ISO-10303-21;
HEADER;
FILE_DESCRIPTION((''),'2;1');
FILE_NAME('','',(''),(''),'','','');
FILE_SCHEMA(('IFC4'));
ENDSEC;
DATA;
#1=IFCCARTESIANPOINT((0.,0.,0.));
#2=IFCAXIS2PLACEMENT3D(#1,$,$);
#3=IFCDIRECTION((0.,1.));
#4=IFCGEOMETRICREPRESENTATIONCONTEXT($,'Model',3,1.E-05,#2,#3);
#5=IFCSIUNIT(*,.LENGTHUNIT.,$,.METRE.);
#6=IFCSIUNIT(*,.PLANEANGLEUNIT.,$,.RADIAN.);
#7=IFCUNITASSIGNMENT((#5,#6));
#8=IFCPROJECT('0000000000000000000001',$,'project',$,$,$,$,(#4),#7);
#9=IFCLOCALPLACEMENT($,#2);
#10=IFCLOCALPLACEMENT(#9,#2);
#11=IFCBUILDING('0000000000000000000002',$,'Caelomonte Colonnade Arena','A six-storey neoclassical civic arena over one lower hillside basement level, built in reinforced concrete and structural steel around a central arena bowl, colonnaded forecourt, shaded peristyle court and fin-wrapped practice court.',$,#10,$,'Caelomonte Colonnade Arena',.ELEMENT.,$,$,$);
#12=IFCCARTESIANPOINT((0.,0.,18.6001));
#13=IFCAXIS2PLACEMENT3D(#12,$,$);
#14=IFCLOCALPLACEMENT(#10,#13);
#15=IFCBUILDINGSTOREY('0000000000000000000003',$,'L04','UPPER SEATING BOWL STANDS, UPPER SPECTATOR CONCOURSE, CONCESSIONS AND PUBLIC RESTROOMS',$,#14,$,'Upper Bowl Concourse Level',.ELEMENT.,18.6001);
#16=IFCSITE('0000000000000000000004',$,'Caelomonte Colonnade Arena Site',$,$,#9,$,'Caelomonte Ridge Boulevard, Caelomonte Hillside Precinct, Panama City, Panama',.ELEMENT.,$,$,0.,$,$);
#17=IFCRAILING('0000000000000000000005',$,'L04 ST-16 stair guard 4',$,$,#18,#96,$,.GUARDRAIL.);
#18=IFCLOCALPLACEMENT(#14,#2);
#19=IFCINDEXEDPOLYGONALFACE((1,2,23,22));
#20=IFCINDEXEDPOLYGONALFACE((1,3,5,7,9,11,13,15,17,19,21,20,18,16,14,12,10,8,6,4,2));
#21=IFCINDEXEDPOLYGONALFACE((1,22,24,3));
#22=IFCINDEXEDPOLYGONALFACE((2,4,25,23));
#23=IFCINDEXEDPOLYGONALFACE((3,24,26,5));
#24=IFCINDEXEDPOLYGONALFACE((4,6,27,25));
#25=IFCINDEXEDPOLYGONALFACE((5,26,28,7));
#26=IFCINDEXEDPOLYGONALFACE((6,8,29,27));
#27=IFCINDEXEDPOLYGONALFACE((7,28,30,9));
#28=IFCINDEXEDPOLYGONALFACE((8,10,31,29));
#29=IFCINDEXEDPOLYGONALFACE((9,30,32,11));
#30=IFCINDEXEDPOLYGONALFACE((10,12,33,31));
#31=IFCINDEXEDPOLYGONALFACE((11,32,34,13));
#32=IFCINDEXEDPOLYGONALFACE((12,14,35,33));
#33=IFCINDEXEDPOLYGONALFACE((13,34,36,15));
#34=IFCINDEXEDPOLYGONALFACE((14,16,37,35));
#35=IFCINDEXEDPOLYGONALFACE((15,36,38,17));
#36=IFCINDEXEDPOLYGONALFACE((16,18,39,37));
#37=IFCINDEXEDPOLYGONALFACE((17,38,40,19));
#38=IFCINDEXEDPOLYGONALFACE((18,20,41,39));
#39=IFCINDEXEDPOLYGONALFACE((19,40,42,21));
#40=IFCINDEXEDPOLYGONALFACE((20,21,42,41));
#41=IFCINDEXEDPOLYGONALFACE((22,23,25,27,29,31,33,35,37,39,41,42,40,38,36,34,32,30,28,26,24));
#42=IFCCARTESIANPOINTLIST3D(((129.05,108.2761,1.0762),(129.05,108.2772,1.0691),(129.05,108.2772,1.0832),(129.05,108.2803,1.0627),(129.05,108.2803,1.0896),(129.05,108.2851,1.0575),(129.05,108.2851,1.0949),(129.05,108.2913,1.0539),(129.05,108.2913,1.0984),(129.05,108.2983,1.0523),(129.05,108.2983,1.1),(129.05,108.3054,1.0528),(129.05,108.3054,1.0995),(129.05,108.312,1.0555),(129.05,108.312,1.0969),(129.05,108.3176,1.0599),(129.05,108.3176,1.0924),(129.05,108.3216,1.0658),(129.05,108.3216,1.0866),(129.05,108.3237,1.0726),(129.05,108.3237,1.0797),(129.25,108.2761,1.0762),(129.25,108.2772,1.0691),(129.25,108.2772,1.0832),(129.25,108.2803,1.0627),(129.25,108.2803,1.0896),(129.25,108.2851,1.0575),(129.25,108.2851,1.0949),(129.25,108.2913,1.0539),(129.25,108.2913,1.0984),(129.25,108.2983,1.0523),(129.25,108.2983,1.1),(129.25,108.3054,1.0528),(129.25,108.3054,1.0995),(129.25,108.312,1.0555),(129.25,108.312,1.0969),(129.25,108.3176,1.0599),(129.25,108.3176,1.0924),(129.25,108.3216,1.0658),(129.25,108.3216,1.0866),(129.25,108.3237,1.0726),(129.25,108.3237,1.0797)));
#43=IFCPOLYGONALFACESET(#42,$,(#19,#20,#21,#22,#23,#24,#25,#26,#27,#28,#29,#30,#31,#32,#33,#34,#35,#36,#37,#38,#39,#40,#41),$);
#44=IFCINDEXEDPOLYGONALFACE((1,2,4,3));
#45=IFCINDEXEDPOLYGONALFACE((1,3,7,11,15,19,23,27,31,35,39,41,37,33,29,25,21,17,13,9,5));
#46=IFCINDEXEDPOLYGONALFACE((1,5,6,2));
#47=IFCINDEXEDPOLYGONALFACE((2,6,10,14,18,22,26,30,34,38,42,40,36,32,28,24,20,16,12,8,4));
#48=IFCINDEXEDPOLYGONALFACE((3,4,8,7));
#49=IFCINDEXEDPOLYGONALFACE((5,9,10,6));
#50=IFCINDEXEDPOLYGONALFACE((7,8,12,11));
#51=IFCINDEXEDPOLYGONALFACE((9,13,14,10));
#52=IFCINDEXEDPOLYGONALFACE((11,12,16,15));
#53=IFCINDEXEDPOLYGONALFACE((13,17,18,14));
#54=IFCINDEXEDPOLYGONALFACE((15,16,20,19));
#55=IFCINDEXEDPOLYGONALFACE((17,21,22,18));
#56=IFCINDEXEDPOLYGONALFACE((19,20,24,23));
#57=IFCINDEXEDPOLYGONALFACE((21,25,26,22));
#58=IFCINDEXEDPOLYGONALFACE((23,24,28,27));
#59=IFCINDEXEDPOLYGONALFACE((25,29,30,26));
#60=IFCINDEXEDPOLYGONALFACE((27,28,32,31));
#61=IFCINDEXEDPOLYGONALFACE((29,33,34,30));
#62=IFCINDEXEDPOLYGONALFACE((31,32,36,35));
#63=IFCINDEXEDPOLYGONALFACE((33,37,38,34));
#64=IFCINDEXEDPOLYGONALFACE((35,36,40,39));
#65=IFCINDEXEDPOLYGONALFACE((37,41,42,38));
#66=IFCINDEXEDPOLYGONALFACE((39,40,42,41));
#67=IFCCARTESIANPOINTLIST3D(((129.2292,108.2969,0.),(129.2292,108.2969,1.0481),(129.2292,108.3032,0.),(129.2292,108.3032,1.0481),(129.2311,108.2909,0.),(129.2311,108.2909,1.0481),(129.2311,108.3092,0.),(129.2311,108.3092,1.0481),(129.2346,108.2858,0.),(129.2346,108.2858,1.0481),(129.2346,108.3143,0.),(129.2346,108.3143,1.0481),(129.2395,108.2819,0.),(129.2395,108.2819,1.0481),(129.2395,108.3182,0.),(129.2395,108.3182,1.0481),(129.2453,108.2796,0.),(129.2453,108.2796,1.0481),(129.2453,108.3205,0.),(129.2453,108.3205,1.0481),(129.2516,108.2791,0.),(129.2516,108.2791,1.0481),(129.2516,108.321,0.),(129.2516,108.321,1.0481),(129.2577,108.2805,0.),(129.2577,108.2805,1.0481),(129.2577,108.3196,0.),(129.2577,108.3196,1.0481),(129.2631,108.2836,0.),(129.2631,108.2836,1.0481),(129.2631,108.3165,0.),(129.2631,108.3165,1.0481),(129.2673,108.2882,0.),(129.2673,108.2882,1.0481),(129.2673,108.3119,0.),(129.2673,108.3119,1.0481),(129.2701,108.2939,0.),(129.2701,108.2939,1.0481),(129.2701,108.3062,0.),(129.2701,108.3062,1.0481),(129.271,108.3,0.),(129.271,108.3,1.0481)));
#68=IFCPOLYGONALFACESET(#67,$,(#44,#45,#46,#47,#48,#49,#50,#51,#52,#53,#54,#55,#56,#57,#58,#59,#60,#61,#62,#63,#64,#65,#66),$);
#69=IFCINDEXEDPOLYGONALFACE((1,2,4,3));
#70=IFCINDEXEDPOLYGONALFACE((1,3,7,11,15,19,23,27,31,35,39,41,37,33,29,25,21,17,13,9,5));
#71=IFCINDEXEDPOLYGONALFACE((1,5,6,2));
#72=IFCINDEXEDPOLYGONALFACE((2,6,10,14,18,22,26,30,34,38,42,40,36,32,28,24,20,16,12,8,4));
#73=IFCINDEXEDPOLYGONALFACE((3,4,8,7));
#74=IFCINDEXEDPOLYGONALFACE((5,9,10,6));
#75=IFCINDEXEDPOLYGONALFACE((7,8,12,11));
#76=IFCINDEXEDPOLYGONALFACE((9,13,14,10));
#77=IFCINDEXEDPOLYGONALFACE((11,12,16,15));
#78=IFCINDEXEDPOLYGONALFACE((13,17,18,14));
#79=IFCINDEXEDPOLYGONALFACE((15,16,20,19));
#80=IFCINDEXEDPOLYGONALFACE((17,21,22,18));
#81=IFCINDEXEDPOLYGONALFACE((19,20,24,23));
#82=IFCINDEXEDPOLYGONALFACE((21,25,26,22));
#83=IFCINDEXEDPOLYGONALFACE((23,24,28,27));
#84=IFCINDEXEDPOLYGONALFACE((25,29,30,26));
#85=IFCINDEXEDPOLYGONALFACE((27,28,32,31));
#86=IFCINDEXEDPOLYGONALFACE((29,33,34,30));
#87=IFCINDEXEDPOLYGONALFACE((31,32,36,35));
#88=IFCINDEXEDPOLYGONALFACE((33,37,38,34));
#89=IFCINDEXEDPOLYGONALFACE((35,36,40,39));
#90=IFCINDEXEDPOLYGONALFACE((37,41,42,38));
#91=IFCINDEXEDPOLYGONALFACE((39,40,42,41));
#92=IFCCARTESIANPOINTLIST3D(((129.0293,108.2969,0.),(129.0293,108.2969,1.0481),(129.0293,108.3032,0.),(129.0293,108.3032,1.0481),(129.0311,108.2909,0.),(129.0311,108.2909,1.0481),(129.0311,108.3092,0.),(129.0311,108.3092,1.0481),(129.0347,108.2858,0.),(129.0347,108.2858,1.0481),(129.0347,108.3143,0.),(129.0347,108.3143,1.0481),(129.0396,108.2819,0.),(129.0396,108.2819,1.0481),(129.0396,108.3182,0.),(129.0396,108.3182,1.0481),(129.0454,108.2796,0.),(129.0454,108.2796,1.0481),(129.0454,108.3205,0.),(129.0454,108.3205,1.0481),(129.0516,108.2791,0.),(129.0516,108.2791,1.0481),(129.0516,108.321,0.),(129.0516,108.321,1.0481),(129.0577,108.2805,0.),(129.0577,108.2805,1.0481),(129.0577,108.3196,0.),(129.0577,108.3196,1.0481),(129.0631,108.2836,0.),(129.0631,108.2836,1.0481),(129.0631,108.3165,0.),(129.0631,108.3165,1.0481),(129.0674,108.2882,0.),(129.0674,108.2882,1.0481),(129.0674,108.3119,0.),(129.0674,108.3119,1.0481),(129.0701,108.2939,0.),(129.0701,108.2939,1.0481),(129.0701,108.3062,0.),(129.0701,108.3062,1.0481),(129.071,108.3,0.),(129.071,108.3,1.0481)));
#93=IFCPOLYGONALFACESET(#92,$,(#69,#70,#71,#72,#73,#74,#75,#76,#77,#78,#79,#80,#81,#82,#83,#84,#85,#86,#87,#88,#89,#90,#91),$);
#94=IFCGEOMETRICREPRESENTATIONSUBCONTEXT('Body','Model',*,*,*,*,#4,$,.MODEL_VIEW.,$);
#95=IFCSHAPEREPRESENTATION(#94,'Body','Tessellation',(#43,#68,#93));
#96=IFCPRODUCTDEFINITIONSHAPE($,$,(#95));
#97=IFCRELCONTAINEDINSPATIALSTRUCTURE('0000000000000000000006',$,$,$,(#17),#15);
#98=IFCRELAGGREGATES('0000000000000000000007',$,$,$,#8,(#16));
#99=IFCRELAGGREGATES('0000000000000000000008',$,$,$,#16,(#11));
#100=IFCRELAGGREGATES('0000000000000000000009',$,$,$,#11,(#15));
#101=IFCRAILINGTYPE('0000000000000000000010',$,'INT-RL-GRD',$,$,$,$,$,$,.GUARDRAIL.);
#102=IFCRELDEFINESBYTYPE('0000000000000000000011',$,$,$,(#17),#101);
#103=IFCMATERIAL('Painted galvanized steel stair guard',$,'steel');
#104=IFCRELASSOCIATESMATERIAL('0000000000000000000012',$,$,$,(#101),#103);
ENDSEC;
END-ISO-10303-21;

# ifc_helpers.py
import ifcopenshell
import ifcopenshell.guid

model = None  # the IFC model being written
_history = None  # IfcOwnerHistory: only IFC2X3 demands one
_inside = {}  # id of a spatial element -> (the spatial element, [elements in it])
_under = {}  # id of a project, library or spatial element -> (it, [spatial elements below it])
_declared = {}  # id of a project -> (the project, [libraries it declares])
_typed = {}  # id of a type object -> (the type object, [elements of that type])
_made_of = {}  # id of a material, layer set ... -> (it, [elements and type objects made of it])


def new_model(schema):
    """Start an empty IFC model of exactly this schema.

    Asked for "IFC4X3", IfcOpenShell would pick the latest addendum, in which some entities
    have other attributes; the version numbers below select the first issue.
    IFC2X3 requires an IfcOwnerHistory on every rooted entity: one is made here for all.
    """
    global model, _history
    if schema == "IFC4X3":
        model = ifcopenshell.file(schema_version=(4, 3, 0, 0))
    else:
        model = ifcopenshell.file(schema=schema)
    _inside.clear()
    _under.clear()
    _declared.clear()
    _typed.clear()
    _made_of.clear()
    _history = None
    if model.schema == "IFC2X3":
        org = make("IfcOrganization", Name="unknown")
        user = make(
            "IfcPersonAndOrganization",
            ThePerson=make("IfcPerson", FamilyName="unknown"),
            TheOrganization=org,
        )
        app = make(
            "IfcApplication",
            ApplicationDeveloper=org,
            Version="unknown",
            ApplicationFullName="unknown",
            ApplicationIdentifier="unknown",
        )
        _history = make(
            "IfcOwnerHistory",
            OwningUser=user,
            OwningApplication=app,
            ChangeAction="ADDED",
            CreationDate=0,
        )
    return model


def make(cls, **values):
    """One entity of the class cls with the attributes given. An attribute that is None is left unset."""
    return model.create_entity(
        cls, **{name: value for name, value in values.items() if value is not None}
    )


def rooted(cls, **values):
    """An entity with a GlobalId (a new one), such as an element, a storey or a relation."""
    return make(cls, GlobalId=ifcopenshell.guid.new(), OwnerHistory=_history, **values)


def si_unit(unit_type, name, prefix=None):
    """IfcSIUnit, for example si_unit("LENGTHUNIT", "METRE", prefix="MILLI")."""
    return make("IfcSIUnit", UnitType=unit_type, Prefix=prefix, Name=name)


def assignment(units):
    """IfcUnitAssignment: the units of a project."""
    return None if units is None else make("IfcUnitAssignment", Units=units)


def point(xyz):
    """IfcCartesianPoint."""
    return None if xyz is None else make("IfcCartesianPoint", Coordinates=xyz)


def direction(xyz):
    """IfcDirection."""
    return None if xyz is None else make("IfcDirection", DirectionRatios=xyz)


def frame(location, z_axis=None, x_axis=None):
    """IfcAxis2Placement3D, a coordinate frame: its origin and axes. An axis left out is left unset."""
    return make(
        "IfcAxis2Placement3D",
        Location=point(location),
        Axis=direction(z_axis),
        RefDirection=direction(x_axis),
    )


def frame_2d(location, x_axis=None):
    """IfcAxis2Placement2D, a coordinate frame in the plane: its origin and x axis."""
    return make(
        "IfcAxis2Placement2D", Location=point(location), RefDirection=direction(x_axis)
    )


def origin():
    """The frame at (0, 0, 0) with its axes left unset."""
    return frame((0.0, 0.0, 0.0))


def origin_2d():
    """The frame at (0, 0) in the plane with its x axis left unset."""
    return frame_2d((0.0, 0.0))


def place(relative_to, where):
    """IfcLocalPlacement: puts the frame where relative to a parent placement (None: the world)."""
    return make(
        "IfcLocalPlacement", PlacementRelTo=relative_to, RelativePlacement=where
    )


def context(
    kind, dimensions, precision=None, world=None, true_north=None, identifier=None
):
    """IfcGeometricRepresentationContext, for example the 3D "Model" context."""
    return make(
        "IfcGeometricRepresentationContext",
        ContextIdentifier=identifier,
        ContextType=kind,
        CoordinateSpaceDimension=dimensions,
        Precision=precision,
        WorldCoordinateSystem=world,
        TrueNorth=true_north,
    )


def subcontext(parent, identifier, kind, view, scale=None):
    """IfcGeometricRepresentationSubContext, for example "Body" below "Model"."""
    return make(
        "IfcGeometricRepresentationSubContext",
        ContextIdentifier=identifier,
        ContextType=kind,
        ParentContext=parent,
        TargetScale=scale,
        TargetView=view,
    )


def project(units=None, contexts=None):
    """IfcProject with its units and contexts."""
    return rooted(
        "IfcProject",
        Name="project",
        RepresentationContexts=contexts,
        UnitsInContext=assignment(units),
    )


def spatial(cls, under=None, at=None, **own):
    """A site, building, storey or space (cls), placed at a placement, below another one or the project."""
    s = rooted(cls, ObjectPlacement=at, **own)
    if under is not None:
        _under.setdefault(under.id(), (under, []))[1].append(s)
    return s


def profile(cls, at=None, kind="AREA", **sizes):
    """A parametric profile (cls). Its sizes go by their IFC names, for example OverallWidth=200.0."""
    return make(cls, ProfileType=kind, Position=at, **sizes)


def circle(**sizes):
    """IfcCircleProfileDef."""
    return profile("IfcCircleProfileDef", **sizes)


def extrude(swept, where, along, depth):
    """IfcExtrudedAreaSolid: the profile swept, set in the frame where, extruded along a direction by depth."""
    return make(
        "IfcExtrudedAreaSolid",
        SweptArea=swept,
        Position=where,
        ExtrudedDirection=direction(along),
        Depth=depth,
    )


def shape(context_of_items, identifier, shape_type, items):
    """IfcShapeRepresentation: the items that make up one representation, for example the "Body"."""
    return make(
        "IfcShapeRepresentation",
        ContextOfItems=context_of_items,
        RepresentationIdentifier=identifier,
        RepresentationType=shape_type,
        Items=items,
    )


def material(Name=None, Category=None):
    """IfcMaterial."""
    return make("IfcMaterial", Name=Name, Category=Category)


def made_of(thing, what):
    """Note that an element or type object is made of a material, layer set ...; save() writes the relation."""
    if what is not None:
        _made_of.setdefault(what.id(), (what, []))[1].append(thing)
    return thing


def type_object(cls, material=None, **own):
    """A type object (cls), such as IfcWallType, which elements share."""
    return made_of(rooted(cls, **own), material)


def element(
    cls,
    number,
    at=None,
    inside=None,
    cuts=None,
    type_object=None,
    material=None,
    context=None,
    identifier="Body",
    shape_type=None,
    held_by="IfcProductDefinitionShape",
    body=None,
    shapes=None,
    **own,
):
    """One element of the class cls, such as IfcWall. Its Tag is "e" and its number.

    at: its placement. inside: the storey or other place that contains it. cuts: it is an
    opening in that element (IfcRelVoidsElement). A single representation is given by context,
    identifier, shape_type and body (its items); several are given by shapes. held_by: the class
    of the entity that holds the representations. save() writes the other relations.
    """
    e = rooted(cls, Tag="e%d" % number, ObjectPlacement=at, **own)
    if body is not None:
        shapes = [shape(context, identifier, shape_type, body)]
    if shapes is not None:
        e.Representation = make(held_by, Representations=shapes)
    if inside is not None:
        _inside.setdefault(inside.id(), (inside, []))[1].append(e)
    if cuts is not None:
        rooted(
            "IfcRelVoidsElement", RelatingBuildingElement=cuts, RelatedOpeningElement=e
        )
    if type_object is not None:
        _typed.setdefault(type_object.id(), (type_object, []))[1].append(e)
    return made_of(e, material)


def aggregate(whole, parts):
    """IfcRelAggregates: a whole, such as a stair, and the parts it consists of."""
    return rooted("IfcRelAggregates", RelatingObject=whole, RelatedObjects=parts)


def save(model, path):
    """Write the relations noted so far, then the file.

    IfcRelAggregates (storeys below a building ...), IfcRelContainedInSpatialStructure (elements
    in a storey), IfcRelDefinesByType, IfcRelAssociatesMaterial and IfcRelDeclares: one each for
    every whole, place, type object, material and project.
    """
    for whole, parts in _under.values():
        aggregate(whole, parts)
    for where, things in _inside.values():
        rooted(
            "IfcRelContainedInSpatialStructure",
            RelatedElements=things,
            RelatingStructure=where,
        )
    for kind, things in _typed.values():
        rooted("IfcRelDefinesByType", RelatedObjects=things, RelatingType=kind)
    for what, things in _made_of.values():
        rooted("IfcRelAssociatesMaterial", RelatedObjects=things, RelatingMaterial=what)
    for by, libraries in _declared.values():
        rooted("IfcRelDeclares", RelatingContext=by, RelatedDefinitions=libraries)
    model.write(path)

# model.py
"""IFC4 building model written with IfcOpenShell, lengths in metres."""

from ifc_helpers import new_model, si_unit, direction, frame, origin, origin_2d, place, context, subcontext, project, spatial, circle, extrude, material, type_object, element, save


model = new_model("IFC4")

# Units and contexts
model_context = context("Model", 3, precision=1e-05, world=origin(), true_north=direction((0.0, 1.0)))
body_context = subcontext(model_context, "Body", "Model", "MODEL_VIEW")
ifc_project = project(units=[si_unit("LENGTHUNIT", "METRE"), si_unit("PLANEANGLEUNIT", "RADIAN")], contexts=[model_context])

# Site, building, storey
site_placement = place(None, origin())
site = spatial("IfcSite", under=ifc_project, at=site_placement, Name="Caelomonte Colonnade Arena Site", LongName="Caelomonte Ridge Boulevard, Caelomonte Hillside Precinct, Panama City, Panama", CompositionType="ELEMENT", RefElevation=0.0)
building_placement = place(site_placement, origin())
building = spatial("IfcBuilding", under=site, at=building_placement, Name="Caelomonte Colonnade Arena", Description="A six-storey neoclassical civic arena over one lower hillside basement level, built in reinforced concrete and structural steel around a central arena bowl, colonnaded forecourt, shaded peristyle court and fin-wrapped practice court.", LongName="Caelomonte Colonnade Arena", CompositionType="ELEMENT")
storey_placement = place(building_placement, frame((0.0, 0.0, 18.6001)))
storey = spatial("IfcBuildingStorey", under=building, at=storey_placement, Name="L04", Description="UPPER SEATING BOWL STANDS, UPPER SPECTATOR CONCOURSE, CONCESSIONS AND PUBLIC RESTROOMS", LongName="Upper Bowl Concourse Level", CompositionType="ELEMENT", Elevation=18.6001)

# Railing
ifc_material_1 = material(Name="Painted galvanized steel stair guard", Category="steel")
railing_type_1 = type_object("IfcRailingType", Name="INT-RL-GRD", PredefinedType="GUARDRAIL", material=ifc_material_1)
railing_1_placement = place(storey_placement, frame((129.25, 108.3, 0.0)))
element("IfcRailing", 1, at=railing_1_placement, inside=storey, type_object=railing_type_1, Name="L04 ST-16 stair guard 4", PredefinedType="GUARDRAIL", context=body_context, shape_type="SweptSolid", body=[
    extrude(circle(Radius=0.0239, at=origin_2d()), frame((0.0, 0.0, 1.0762), z_axis=(-1.0, 0.0, 0.0), x_axis=(0.0, -1.0, 0.0)), (0.0, 0.0, 1.0), 0.2),
    extrude(circle(Radius=0.021, at=origin_2d()), origin(), (0.0, 0.0, 1.0), 1.0481),
    extrude(circle(Radius=0.021, at=origin_2d()), frame((-0.2, 0.0, 0.0)), (0.0, 0.0, 1.0), 1.0481),
])

save(model, "model.ifc")
